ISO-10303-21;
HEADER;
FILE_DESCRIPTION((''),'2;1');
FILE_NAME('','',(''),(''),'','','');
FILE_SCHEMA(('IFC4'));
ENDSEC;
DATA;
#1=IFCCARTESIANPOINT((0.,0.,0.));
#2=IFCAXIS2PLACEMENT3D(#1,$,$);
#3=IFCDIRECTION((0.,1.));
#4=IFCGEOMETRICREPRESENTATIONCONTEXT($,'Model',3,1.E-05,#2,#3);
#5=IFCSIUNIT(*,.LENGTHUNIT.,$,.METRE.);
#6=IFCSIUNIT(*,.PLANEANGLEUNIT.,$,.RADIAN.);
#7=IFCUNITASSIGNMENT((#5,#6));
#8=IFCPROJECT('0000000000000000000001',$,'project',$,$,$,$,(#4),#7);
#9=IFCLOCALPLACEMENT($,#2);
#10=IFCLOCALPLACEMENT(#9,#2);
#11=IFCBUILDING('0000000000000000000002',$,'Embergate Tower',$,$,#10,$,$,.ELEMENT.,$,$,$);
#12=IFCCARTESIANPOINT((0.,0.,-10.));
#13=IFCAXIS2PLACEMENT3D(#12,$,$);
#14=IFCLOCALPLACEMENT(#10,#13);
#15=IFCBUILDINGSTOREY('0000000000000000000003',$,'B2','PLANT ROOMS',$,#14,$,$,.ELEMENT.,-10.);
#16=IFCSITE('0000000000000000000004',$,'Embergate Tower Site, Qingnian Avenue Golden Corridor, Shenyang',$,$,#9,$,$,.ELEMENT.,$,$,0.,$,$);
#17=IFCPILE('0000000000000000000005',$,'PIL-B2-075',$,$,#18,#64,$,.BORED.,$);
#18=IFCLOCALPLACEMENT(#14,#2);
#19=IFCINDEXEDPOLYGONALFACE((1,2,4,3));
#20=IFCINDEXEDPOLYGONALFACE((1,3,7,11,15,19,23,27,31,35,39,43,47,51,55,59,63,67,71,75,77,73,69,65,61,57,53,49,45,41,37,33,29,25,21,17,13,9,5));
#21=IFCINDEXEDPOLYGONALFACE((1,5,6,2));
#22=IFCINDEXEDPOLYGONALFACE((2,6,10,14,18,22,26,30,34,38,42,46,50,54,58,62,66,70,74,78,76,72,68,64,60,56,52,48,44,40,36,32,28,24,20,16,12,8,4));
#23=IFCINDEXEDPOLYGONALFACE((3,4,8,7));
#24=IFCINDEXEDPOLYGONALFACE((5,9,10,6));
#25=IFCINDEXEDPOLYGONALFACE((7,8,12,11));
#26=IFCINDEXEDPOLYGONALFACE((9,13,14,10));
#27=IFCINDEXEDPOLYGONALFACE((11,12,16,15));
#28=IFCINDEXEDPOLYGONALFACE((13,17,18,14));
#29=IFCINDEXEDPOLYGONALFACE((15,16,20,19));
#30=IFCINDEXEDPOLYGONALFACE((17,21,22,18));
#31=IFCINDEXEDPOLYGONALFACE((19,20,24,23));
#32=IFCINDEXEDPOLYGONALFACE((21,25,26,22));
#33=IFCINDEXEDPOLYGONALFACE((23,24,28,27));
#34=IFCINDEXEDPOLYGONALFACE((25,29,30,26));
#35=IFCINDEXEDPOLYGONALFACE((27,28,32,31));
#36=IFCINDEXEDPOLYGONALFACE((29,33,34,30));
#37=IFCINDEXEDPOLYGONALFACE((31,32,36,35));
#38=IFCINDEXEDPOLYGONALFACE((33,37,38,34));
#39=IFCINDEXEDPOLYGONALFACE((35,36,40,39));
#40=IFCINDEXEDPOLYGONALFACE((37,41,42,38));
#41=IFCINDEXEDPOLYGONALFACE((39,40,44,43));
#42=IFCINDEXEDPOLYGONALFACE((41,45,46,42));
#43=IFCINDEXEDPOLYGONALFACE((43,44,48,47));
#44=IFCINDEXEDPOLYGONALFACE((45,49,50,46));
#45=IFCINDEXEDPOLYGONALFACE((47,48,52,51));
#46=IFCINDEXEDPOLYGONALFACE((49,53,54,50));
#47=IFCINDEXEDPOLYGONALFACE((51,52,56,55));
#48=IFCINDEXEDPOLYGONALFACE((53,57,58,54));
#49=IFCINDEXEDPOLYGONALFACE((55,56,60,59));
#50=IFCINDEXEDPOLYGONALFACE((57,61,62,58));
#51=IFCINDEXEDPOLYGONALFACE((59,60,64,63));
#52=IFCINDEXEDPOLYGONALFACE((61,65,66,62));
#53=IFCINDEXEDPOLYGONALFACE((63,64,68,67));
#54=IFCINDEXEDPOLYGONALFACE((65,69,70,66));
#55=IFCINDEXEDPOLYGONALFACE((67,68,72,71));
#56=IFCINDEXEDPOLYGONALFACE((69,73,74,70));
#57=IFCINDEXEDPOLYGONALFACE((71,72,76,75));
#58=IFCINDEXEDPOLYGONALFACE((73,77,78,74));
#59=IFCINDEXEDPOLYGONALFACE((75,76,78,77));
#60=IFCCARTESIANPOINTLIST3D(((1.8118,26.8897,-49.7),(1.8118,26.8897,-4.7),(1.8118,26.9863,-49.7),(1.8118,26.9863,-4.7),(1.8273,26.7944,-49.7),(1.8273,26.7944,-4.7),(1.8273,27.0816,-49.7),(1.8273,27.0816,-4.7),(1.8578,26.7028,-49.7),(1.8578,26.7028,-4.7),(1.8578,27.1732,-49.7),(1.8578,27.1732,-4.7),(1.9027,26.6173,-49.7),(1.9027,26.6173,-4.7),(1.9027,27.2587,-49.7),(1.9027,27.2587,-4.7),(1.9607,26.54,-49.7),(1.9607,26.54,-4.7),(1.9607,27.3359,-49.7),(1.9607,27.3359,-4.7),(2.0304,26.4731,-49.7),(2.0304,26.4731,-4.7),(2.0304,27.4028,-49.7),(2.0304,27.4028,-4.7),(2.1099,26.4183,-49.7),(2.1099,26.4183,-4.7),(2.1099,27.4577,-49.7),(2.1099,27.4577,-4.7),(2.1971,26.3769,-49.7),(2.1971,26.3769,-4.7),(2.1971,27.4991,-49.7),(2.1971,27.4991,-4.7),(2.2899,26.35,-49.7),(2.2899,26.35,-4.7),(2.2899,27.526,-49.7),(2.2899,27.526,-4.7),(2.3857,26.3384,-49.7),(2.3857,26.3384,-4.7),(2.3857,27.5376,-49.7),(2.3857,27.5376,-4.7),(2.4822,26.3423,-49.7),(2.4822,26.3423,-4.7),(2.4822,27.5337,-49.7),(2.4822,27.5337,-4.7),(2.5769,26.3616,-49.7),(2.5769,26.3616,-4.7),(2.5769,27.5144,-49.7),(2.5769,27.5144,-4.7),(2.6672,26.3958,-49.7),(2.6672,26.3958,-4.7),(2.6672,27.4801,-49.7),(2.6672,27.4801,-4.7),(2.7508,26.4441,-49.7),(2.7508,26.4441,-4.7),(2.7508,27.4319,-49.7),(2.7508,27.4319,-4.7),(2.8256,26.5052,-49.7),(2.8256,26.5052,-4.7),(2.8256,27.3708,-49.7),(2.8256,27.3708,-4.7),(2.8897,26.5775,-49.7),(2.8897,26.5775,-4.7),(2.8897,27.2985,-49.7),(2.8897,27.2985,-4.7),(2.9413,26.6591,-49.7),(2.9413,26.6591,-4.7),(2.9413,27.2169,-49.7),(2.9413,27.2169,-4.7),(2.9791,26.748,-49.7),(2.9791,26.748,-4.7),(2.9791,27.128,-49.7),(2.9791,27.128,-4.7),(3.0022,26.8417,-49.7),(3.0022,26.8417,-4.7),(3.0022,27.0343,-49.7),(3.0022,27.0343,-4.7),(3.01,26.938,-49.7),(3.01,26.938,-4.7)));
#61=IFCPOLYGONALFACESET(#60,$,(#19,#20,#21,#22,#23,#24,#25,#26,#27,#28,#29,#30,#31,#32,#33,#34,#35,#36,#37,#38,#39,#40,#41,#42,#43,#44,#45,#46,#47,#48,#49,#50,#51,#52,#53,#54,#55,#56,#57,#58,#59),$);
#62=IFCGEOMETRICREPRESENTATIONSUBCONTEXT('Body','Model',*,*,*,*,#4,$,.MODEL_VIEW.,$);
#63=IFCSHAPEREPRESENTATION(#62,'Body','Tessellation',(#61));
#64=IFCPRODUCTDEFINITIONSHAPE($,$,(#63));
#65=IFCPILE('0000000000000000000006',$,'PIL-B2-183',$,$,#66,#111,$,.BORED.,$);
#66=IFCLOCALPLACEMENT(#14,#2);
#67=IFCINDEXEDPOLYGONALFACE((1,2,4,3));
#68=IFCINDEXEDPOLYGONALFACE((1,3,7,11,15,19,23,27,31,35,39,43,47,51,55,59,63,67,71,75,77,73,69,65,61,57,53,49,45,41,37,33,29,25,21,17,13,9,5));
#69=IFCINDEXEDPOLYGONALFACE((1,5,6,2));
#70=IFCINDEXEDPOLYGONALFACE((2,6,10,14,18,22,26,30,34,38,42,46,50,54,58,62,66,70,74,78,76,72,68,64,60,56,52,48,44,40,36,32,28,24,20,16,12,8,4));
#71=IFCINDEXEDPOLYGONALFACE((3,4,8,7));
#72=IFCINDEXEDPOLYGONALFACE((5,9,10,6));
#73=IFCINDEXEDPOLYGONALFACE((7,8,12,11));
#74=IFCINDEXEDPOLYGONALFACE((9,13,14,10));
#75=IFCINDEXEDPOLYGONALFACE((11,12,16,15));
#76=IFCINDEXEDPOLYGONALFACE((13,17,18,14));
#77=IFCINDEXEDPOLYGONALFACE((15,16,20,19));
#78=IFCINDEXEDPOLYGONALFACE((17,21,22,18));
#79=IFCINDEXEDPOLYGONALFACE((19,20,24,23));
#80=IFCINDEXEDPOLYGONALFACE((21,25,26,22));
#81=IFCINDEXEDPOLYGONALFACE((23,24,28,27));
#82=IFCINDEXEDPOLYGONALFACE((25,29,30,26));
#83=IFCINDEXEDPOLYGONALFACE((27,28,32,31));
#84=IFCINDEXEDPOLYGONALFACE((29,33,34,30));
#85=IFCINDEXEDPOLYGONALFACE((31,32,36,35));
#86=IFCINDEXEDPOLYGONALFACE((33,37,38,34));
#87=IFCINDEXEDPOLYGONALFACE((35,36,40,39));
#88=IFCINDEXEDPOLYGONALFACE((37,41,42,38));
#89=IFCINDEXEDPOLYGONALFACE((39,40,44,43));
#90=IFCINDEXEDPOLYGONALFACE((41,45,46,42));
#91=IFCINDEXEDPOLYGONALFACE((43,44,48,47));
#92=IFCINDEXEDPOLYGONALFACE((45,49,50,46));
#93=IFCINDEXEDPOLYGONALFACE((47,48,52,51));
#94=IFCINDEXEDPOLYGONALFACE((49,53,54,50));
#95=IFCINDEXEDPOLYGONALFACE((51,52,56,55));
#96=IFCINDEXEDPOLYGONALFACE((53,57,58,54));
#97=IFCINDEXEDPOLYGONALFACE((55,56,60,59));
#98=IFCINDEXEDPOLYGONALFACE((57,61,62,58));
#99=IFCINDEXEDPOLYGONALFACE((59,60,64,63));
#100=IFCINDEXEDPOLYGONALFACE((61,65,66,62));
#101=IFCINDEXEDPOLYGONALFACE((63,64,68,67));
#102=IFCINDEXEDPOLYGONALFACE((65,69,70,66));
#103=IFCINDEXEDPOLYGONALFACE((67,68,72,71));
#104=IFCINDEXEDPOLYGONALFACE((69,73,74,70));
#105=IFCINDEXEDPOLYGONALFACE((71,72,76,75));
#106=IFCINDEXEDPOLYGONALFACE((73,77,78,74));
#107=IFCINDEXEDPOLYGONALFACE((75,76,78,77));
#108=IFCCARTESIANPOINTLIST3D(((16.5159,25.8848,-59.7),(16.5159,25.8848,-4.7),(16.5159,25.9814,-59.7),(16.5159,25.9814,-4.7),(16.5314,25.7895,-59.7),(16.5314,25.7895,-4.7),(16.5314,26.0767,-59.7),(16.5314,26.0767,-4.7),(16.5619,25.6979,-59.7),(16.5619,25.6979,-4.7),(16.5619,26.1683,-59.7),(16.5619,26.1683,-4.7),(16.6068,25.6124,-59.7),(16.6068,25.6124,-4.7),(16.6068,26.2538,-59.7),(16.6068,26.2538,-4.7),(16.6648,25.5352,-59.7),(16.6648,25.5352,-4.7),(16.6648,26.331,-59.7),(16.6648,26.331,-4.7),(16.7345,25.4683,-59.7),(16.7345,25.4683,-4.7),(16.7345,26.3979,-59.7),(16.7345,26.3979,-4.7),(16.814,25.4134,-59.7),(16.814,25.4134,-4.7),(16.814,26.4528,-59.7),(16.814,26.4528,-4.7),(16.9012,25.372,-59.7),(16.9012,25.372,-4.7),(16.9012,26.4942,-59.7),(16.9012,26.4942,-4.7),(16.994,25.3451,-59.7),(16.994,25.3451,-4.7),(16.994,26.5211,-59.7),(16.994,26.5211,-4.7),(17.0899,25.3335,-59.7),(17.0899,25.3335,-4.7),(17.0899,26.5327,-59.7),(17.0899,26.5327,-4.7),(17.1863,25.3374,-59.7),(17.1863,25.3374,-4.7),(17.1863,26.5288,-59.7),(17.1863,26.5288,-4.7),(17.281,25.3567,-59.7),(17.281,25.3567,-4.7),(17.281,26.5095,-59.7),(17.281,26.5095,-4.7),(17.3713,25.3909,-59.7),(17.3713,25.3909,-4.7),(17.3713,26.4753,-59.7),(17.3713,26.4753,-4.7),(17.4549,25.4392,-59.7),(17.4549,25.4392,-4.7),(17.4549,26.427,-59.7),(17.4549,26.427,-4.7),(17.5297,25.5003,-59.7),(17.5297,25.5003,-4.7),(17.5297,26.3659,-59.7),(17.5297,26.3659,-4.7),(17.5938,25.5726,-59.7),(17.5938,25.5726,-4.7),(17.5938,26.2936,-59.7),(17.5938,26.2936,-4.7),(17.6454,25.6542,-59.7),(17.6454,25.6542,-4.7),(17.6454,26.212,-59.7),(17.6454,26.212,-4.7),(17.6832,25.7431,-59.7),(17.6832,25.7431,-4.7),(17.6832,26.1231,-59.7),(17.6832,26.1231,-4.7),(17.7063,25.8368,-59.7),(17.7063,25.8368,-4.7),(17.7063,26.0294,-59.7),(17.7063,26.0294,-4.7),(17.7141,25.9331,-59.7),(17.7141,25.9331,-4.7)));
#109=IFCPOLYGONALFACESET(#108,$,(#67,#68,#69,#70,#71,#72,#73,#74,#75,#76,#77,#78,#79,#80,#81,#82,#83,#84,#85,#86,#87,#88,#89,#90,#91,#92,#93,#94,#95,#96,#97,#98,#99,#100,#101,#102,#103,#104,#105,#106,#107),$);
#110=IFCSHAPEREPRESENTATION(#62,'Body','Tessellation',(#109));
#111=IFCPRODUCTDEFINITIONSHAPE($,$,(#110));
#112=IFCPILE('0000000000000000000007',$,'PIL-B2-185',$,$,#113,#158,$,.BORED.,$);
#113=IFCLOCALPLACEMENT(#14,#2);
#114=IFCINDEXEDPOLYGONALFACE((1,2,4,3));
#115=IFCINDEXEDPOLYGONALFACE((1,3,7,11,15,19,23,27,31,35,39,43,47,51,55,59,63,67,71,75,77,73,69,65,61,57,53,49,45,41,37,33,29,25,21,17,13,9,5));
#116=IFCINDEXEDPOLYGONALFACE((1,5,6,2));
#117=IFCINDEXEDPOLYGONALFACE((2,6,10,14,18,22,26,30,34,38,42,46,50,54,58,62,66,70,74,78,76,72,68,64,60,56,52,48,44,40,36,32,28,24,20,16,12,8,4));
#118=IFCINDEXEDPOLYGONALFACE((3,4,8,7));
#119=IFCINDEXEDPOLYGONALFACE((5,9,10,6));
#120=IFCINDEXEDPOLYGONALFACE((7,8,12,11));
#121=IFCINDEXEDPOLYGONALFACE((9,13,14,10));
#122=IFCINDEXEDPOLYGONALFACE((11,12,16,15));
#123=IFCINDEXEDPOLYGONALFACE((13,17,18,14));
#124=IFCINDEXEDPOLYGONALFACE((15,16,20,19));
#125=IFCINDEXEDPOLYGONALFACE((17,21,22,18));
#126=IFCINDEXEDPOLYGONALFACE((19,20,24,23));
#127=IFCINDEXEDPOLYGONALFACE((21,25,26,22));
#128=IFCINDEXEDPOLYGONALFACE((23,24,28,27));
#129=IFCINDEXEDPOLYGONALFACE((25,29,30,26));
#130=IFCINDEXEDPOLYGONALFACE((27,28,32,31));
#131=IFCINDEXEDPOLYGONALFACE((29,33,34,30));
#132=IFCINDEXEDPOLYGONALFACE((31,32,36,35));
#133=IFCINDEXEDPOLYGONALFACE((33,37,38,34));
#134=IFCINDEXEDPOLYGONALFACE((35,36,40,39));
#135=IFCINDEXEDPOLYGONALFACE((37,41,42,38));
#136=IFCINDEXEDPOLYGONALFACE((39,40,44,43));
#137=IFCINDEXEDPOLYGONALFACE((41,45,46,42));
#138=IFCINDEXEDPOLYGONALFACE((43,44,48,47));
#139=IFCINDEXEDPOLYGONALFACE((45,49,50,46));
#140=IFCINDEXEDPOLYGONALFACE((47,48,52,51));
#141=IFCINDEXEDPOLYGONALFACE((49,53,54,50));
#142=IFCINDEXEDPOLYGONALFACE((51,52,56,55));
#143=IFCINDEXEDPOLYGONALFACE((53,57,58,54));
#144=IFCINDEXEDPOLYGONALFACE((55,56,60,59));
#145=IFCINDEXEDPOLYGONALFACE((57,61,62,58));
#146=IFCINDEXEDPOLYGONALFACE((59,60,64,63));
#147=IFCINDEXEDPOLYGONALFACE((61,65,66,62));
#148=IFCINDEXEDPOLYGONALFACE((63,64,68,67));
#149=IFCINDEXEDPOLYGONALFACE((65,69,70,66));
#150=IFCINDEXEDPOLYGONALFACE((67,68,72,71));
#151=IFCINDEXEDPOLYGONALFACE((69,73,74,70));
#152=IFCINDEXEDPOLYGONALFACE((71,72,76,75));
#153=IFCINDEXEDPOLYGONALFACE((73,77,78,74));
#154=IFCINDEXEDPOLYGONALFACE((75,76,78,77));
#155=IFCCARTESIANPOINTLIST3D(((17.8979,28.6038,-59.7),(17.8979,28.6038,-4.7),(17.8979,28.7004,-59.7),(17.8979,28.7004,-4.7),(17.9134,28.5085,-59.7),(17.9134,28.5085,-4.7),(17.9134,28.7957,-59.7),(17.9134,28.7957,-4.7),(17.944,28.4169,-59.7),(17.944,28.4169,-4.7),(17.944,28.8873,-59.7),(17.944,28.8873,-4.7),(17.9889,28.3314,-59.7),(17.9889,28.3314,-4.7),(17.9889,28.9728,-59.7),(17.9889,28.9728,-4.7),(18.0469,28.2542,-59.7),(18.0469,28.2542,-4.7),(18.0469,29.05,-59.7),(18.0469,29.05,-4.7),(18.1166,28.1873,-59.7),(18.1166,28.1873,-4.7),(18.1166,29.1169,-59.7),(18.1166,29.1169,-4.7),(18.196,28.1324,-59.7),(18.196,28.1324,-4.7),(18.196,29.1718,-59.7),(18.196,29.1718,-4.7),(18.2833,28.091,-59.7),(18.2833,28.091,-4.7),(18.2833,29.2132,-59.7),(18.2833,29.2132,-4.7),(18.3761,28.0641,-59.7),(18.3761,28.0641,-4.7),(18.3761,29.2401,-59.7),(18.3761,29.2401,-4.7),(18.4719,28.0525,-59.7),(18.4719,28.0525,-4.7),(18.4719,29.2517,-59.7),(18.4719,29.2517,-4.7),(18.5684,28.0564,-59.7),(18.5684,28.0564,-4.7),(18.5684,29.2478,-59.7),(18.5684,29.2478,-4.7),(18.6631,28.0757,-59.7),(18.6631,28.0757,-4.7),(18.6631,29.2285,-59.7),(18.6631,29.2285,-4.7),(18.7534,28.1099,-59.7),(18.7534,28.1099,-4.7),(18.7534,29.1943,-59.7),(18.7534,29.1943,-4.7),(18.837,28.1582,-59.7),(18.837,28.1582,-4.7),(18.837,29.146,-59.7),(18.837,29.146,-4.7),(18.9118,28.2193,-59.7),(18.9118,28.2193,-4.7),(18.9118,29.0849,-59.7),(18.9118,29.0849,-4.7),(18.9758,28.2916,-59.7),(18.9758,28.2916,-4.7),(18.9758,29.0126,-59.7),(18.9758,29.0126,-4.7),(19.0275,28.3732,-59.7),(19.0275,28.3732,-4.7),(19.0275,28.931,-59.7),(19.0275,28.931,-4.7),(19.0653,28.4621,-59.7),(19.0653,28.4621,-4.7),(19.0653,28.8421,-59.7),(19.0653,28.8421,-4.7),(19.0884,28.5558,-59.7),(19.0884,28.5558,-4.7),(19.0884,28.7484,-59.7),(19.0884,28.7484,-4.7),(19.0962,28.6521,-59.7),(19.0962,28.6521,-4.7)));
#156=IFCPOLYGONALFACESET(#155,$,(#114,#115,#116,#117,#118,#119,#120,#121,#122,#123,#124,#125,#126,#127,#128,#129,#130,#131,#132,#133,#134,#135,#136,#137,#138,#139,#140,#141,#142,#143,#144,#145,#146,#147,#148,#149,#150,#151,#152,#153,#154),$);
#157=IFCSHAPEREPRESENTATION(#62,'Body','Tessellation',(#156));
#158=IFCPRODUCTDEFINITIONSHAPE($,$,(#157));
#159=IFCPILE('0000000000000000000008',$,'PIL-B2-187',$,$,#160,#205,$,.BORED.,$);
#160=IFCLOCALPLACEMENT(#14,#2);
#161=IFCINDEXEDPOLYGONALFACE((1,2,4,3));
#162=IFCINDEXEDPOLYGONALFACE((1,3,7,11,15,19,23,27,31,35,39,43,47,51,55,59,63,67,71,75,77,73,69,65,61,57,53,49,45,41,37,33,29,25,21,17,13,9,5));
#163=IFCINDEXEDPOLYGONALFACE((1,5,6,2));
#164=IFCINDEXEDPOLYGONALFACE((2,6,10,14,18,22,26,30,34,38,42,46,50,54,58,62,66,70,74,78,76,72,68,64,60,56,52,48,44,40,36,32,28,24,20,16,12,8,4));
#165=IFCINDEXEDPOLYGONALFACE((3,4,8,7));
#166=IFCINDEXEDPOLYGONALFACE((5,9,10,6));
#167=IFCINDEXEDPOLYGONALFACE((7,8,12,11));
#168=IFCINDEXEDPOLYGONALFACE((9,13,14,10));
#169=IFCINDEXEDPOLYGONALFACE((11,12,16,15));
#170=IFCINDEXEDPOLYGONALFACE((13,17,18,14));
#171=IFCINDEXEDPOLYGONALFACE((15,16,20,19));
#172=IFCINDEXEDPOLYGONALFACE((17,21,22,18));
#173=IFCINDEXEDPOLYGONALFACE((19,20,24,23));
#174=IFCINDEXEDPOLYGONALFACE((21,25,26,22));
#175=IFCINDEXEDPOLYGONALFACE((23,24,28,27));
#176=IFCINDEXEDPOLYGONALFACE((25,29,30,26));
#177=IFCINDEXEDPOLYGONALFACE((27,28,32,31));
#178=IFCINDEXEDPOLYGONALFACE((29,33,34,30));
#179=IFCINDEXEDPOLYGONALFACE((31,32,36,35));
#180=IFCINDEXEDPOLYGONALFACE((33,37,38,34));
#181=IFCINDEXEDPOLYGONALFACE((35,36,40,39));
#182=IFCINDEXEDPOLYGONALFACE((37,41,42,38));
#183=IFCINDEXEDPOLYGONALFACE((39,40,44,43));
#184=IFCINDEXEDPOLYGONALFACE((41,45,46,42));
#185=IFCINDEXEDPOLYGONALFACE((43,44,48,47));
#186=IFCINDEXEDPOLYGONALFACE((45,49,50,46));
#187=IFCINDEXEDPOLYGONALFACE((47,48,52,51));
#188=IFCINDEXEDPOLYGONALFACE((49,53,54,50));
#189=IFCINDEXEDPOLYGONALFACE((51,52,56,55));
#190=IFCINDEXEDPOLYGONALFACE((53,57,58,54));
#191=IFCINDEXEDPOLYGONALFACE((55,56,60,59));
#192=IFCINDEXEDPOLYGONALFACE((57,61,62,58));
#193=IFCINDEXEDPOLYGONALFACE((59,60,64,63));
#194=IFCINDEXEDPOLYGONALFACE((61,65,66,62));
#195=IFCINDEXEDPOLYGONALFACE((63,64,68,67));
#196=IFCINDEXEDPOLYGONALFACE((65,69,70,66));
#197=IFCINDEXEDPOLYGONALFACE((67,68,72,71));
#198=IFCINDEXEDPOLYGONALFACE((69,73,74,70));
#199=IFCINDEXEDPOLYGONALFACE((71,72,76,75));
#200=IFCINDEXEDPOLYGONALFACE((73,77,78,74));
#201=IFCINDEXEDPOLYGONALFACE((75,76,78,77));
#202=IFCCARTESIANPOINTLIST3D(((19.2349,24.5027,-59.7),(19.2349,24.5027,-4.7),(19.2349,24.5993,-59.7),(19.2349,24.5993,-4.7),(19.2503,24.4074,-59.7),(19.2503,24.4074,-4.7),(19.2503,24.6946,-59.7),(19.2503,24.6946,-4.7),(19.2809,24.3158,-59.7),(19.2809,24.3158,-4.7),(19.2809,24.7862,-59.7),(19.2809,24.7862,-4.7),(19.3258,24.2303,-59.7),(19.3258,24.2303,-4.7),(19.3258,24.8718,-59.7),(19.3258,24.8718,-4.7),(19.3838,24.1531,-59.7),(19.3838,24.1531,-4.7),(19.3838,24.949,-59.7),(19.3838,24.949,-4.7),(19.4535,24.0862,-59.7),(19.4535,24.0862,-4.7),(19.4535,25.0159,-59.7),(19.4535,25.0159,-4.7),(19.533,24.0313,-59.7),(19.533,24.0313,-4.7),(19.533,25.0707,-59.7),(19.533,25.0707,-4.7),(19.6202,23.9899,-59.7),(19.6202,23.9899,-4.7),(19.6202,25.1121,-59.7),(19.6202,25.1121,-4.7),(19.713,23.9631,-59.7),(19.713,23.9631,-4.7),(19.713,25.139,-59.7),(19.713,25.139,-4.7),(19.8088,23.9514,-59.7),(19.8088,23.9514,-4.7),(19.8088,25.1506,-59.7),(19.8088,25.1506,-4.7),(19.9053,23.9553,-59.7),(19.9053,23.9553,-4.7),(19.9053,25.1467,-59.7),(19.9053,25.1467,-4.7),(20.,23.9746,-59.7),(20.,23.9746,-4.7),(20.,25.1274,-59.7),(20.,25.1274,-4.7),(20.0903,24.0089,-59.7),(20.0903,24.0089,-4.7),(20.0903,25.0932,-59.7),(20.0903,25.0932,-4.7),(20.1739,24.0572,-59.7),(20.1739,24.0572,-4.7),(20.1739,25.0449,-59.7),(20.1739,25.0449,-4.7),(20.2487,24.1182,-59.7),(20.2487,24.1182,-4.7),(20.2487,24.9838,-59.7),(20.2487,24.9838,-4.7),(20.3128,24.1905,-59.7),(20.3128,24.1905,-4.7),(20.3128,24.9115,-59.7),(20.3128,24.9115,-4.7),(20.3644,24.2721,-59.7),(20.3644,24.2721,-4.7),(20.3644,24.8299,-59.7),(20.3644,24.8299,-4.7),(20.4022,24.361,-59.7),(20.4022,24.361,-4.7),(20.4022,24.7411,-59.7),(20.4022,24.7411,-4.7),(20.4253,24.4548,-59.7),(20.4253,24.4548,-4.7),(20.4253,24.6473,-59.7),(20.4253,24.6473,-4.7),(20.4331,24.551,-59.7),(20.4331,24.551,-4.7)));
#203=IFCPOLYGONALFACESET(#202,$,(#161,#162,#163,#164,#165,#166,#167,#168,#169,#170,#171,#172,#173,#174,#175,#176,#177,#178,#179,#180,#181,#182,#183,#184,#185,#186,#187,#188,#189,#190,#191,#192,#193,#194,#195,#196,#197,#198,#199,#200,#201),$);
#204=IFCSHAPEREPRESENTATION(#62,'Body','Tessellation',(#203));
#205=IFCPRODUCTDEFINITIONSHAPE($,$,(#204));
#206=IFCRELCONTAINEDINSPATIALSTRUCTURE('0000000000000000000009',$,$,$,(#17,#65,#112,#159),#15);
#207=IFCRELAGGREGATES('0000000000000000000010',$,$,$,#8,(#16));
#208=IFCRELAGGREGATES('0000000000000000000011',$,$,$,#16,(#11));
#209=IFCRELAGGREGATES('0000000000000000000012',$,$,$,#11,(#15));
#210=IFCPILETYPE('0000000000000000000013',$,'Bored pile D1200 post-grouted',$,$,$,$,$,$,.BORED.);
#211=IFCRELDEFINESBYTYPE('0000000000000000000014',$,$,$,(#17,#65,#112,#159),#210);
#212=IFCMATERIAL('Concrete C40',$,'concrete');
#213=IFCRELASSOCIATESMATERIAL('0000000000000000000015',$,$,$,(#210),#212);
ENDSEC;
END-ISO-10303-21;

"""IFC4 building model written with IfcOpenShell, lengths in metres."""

from ifc_helpers import new_model, si_unit, direction, frame, origin, origin_2d, place, context, subcontext, project, spatial, circle, extrude, source, transform, mapped, material, material_profile, profile_set, type_object, element, save


model = new_model("IFC4")

# Units and contexts
model_context = context("Model", 3, precision=1e-05, world=origin(), true_north=direction((0.0, 1.0)))
body_context = subcontext(model_context, "Body", "Model", "MODEL_VIEW")
ifc_project = project(units=[si_unit("LENGTHUNIT", "METRE"), si_unit("PLANEANGLEUNIT", "RADIAN")], contexts=[model_context])

# Site, building, storey
site_placement = place(None, origin())
site = spatial("IfcSite", under=ifc_project, at=site_placement, Name="Embergate Tower Site, Qingnian Avenue Golden Corridor, Shenyang", CompositionType="ELEMENT", RefElevation=0.0)
building_placement = place(site_placement, origin())
building = spatial("IfcBuilding", under=site, at=building_placement, Name="Embergate Tower", CompositionType="ELEMENT")
storey_placement = place(building_placement, frame((0.0, 0.0, -10.0)))
storey = spatial("IfcBuildingStorey", under=building, at=storey_placement, Name="B2", Description="PLANT ROOMS", CompositionType="ELEMENT", Elevation=-10.0)

# Piles
ifc_material_1 = material(Name="Concrete C40", Category="concrete")
ifc_material_profile_1 = material_profile(ifc_material_1, circle(Radius=0.6001, at=origin_2d()), Name="D1200")
ifc_profile_set_1 = profile_set([ifc_material_profile_1], Name="Concrete C40")
pile_type = type_object("IfcPileType", Name="Bored pile D1200 post-grouted", PredefinedType="BORED", material=ifc_profile_set_1)
shared_shape_1 = source(origin(), body_context, "Body", "SweptSolid", [
    extrude(circle(Radius=0.6001, at=origin_2d()), origin(), (0.0, 0.0, 1.0), 45.0),
])
for number, where, z_axis, x_axis, name in (
    (1, (2.4099, 26.938, -4.7), (0.0, 0.0, -1.0), (1.0, 0.0, 0.0), "PIL-B2-075"),
):
    element("IfcPile", number, at=place(storey_placement, frame(where, z_axis=z_axis, x_axis=x_axis)), inside=storey, type_object=pile_type, Name=name, PredefinedType="BORED", context=body_context, shape_type="MappedRepresentation", body=[
        mapped(shared_shape_1, transform((0.0, 0.0, 0.0))),
    ])
shared_shape_2 = source(origin(), body_context, "Body", "SweptSolid", [
    extrude(circle(Radius=0.6001, at=origin_2d()), origin(), (0.0, 0.0, 1.0), 55.0),
])
for number, where, z_axis, x_axis, name in (
    (2, (17.114, 25.9331, -4.7), (0.0, 0.0, -1.0), (1.0, 0.0, 0.0), "PIL-B2-183"),
    (3, (18.4961, 28.6521, -4.7), (0.0, 0.0, -1.0), (1.0, 0.0, 0.0), "PIL-B2-185"),
    (4, (19.833, 24.551, -4.7), (0.0, 0.0, -1.0), (1.0, 0.0, 0.0), "PIL-B2-187"),
):
    element("IfcPile", number, at=place(storey_placement, frame(where, z_axis=z_axis, x_axis=x_axis)), inside=storey, type_object=pile_type, Name=name, PredefinedType="BORED", context=body_context, shape_type="MappedRepresentation", body=[
        mapped(shared_shape_2, transform((0.0, 0.0, 0.0))),
    ])

save(model, "model.ifc")
